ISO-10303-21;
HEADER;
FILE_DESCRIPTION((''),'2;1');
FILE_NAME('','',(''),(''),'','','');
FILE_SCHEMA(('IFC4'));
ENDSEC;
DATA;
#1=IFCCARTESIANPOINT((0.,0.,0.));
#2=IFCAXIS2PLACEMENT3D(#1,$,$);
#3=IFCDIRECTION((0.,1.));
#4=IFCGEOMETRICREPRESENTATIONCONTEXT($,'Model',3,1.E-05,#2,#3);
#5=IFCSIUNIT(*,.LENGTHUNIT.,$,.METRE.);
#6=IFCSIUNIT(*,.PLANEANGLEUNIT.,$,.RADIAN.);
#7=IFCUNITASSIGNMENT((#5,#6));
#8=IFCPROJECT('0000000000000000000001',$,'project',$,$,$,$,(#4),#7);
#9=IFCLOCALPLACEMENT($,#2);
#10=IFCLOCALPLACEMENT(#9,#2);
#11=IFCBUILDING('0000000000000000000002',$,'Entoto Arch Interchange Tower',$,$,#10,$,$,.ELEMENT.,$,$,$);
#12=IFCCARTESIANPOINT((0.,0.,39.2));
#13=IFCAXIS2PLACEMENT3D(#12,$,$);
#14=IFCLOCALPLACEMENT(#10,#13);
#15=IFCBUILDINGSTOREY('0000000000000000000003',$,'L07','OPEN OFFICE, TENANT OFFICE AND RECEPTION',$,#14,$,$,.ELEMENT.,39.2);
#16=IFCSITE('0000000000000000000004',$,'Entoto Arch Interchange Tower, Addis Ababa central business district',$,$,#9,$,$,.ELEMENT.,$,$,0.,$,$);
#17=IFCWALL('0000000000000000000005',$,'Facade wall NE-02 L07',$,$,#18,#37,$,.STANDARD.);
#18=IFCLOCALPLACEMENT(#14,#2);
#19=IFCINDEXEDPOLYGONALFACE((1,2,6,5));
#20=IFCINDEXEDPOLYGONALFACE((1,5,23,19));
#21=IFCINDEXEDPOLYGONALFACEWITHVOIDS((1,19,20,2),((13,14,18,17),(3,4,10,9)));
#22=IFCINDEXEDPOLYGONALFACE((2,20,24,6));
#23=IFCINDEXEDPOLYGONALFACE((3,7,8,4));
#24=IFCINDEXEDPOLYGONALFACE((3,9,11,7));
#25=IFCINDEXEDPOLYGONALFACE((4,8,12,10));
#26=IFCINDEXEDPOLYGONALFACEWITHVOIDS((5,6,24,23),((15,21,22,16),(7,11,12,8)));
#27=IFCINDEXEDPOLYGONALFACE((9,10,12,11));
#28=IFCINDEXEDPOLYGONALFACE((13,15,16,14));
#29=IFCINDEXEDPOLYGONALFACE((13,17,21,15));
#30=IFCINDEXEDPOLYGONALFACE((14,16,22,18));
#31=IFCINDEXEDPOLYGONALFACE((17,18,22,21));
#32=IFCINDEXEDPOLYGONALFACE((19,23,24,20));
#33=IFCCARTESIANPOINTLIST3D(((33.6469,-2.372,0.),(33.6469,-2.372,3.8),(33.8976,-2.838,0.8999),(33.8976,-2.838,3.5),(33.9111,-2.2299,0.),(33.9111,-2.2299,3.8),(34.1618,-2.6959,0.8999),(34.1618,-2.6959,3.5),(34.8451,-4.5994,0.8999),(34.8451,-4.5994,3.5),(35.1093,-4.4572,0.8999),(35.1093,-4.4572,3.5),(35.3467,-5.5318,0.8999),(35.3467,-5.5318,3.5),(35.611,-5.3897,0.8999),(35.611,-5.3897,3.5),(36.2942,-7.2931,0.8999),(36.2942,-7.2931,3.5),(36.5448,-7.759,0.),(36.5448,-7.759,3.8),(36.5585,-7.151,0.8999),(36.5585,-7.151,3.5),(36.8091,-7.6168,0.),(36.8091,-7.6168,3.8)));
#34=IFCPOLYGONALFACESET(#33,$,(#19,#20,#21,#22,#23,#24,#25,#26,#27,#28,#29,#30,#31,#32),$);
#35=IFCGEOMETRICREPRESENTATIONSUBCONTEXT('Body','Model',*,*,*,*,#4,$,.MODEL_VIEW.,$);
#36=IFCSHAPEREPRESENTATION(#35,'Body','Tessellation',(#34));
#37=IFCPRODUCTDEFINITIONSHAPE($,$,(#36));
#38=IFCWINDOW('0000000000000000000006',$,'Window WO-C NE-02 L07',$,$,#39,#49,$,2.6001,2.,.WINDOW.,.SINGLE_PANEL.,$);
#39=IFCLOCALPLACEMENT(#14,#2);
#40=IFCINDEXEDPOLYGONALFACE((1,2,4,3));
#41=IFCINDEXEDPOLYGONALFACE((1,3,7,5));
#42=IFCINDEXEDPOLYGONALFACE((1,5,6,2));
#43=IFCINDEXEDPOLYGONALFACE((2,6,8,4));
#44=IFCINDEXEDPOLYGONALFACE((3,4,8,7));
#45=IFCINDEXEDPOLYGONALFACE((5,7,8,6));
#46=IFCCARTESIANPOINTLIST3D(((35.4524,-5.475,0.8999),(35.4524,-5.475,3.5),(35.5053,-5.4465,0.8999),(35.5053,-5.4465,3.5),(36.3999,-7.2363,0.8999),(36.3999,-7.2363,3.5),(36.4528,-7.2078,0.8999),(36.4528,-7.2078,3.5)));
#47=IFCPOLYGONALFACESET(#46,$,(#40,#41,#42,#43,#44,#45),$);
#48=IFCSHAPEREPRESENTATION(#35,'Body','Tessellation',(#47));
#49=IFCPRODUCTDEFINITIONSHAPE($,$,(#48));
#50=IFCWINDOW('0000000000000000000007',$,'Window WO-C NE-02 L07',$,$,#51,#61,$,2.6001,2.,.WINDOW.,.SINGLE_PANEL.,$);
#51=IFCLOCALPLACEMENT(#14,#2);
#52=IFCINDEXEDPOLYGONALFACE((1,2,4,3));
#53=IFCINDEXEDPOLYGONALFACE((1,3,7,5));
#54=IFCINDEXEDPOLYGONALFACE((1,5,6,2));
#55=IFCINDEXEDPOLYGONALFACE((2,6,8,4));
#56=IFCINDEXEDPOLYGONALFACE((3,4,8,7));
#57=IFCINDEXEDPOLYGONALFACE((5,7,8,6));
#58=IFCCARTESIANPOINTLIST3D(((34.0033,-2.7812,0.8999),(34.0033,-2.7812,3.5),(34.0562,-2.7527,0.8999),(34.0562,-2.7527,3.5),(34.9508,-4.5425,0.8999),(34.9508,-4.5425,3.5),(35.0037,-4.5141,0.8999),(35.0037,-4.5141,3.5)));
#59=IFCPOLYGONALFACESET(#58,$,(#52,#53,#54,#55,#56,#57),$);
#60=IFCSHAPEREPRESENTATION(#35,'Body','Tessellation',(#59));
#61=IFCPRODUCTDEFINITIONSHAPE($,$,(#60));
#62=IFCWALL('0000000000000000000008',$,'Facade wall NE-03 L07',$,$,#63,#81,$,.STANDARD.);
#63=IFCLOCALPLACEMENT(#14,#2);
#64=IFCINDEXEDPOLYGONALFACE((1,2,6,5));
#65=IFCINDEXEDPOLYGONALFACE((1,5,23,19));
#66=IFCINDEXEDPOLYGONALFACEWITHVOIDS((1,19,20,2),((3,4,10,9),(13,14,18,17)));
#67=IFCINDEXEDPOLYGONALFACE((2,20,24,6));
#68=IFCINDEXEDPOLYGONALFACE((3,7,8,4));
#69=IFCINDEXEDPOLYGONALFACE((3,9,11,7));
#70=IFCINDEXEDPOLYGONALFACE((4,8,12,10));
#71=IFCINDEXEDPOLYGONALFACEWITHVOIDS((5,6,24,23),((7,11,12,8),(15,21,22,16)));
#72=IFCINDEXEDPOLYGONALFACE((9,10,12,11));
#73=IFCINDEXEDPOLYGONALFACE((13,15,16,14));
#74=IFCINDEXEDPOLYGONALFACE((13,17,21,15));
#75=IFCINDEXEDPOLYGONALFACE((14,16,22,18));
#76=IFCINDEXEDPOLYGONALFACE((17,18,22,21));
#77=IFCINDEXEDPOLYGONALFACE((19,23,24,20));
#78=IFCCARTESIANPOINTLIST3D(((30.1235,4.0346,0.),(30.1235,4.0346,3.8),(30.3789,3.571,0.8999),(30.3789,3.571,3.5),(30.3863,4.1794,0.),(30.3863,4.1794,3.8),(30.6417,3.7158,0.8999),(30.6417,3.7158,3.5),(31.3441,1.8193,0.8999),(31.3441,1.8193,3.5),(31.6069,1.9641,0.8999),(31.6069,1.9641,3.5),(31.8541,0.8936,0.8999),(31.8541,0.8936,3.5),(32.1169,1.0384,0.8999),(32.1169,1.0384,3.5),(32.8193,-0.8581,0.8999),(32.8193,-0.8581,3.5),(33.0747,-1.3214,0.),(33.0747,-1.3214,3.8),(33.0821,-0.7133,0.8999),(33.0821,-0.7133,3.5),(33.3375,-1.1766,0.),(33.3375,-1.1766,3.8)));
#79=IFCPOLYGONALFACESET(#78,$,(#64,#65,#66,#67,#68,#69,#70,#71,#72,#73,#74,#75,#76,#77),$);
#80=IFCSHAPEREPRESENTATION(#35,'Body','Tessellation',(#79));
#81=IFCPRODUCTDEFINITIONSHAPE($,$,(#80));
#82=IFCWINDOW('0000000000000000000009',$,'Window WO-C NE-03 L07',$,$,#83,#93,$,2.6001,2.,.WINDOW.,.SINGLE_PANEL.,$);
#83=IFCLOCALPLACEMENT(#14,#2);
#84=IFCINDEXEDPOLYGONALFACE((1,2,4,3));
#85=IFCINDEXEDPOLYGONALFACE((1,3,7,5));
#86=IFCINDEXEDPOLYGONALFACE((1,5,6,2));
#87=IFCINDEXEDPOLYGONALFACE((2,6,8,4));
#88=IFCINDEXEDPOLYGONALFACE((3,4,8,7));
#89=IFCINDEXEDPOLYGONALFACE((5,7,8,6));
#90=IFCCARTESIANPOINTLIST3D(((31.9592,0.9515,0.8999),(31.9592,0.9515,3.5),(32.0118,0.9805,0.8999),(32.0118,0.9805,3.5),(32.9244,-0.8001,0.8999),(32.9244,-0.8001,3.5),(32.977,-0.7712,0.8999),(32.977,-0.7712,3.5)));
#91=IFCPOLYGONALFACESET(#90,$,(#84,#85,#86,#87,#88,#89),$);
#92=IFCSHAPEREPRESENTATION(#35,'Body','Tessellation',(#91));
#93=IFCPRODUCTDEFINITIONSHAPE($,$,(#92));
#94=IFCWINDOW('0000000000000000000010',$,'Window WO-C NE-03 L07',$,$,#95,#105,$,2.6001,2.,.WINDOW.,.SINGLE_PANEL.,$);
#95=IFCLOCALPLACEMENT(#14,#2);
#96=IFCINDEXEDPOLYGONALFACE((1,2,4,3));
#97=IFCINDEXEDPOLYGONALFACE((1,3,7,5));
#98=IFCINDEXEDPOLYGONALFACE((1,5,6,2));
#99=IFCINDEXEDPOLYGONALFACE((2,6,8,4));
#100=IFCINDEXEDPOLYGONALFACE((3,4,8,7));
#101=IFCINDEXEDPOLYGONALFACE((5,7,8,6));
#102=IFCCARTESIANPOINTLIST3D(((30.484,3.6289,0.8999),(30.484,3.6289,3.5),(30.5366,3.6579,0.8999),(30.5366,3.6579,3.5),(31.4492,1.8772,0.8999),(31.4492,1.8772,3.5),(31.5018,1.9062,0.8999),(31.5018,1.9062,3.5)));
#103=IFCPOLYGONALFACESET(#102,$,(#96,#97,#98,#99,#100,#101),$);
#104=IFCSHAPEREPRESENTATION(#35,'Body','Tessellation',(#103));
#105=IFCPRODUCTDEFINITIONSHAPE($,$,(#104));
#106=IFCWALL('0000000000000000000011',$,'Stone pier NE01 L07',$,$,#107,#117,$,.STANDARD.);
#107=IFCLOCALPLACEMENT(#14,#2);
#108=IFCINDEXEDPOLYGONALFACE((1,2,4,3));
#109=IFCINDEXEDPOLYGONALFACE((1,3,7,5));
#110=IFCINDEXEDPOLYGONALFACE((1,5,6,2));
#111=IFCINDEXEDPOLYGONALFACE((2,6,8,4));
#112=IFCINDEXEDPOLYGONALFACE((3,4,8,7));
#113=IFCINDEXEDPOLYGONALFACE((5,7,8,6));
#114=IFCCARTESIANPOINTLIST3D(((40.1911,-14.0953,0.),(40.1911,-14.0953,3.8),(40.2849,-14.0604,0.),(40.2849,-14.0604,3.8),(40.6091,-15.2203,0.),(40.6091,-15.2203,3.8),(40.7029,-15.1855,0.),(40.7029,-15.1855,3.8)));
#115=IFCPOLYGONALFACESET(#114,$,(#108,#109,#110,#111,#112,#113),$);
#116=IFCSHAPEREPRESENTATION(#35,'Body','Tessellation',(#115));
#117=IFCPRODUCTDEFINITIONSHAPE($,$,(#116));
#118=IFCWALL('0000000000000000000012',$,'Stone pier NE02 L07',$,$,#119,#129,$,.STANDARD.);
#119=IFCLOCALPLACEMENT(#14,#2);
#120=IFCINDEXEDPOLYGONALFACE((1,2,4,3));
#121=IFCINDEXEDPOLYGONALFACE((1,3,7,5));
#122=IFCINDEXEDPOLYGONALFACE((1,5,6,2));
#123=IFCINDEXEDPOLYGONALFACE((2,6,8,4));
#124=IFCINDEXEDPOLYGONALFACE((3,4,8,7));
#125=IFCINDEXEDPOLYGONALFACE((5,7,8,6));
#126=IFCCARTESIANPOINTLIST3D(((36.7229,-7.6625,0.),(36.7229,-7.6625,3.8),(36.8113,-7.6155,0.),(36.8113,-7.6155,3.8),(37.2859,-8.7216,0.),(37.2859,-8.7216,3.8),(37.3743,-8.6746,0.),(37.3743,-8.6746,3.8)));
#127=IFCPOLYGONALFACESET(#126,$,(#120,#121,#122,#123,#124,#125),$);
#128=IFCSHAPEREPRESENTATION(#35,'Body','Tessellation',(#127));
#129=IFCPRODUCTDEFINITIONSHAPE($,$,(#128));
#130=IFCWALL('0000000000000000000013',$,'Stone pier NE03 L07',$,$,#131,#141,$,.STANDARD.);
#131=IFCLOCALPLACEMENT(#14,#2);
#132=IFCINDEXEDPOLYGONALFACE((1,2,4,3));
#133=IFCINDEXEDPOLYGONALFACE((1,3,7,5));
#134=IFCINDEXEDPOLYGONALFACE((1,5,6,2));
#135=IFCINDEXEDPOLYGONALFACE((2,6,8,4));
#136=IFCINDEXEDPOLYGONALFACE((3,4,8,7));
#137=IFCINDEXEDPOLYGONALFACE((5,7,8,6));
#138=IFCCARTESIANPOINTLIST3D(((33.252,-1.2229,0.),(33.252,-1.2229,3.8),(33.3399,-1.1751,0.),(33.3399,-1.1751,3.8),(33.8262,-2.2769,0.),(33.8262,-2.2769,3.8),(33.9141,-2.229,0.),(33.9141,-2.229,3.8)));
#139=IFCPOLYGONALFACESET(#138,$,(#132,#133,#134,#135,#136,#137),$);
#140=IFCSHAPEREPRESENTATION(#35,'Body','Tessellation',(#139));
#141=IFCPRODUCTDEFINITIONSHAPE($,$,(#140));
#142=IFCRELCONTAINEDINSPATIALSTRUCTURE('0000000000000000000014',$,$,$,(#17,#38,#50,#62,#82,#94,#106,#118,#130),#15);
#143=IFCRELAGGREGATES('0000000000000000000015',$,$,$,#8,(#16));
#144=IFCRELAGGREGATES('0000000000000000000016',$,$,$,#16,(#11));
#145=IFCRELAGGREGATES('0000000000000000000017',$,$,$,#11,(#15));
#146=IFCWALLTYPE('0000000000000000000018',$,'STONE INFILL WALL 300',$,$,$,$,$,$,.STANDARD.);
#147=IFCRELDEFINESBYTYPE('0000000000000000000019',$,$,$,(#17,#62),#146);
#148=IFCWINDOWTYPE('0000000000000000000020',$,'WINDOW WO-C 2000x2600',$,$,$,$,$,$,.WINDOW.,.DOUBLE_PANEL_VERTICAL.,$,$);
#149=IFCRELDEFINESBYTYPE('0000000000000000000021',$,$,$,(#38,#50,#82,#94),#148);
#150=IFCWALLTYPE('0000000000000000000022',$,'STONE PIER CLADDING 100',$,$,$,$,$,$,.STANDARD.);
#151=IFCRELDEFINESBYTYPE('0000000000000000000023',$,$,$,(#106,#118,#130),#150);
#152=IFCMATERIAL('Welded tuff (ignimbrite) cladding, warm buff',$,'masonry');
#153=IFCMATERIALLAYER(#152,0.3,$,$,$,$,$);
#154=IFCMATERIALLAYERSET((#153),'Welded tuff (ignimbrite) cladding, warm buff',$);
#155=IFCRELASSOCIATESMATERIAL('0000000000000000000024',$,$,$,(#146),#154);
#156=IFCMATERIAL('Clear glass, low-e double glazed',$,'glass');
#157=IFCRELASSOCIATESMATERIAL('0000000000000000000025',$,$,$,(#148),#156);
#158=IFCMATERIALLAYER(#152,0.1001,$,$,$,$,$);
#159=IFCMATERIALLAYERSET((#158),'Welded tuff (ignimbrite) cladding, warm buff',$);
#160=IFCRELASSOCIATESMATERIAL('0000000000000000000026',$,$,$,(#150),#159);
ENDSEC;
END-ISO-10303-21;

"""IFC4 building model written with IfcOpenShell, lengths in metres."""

from ifc_helpers import new_model, si_unit, direction, frame, frame_2d, origin, place, context, subcontext, project, spatial, rectangle, extrude, material, layer, layer_set, type_object, element, fill, save


model = new_model("IFC4")

# Units and contexts
model_context = context("Model", 3, precision=1e-05, world=origin(), true_north=direction((0.0, 1.0)))
body_context = subcontext(model_context, "Body", "Model", "MODEL_VIEW")
ifc_project = project(units=[si_unit("LENGTHUNIT", "METRE"), si_unit("PLANEANGLEUNIT", "RADIAN")], contexts=[model_context])

# Site, building, storey
site_placement = place(None, origin())
site = spatial("IfcSite", under=ifc_project, at=site_placement, Name="Entoto Arch Interchange Tower, Addis Ababa central business district", CompositionType="ELEMENT", RefElevation=0.0)
building_placement = place(site_placement, origin())
building = spatial("IfcBuilding", under=site, at=building_placement, Name="Entoto Arch Interchange Tower", CompositionType="ELEMENT")
storey_placement = place(building_placement, frame((0.0, 0.0, 39.2)))
storey = spatial("IfcBuildingStorey", under=building, at=storey_placement, Name="L07", Description="OPEN OFFICE, TENANT OFFICE AND RECEPTION", CompositionType="ELEMENT", Elevation=39.2)

# Walls, openings, windows
ifc_material_1 = material(Name="Welded tuff (ignimbrite) cladding, warm buff", Category="masonry")
ifc_layer_1 = layer(ifc_material_1, 0.3)
ifc_layer_set_1 = layer_set([ifc_layer_1], Name="Welded tuff (ignimbrite) cladding, warm buff")
wall_type_1 = type_object("IfcWallType", Name="STONE INFILL WALL 300", PredefinedType="STANDARD", material=ifc_layer_set_1)
ifc_material_2 = material(Name="Clear glass, low-e double glazed", Category="glass")
window_type = type_object("IfcWindowType", Name="WINDOW WO-C 2000x2600", PartitioningType="DOUBLE_PANEL_VERTICAL", PredefinedType="WINDOW", material=ifc_material_2)
wall_1_placement = place(storey_placement, frame((36.677, -7.688, 0.0), z_axis=(0.0, 0.0, 1.0), x_axis=(-0.473755, 0.880657, 0.0)))
wall_1 = element("IfcWall", 1, at=wall_1_placement, inside=storey, type_object=wall_type_1, Name="Facade wall NE-02 L07", PredefinedType="STANDARD", context=body_context, shape_type="SweptSolid", body=[
    extrude(rectangle(XDim=6.1169, YDim=0.3, at=frame_2d((3.0586, 0.0))), origin(), (0.0, 0.0, 1.0), 3.8),
])
opening_1_placement = place(wall_1_placement, frame((0.5291, 0.0, 0.8999)))
opening_1 = element("IfcOpeningElement", 2, at=opening_1_placement, cuts=wall_1, PredefinedType="OPENING", context=body_context, shape_type="SweptSolid", body=[
    extrude(rectangle(XDim=2.0, YDim=2.6001, at=frame_2d((1.0, 1.3))), frame((0.0, 0.1602, 0.0), z_axis=(0.0, -1.0, 0.0), x_axis=(1.0, 0.0, 0.0)), (0.0, 0.0, 1.0), 0.3201),
])
opening_2_placement = place(wall_1_placement, frame((3.5879, 0.0, 0.8999)))
opening_2 = element("IfcOpeningElement", 3, at=opening_2_placement, cuts=wall_1, PredefinedType="OPENING", context=body_context, shape_type="SweptSolid", body=[
    extrude(rectangle(XDim=2.0, YDim=2.6001, at=frame_2d((1.0, 1.3))), frame((0.0, 0.1602, 0.0), z_axis=(0.0, -1.0, 0.0), x_axis=(1.0, 0.0, 0.0)), (0.0, 0.0, 1.0), 0.3201),
])
window_1_placement = place(opening_1_placement, origin())
window_1 = element("IfcWindow", 4, at=window_1_placement, inside=storey, type_object=window_type, Name="Window WO-C NE-02 L07", OverallHeight=2.6001, OverallWidth=2.0, PartitioningType="SINGLE_PANEL", PredefinedType="WINDOW", context=body_context, shape_type="SweptSolid", body=[
    extrude(rectangle(XDim=2.0, YDim=2.6001, at=frame_2d((1.0, 1.3))), frame((0.0, 0.03, 0.0), z_axis=(0.0, -1.0, 0.0), x_axis=(1.0, 0.0, 0.0)), (0.0, 0.0, 1.0), 0.0601),
])
fill(opening_1, window_1)
window_2_placement = place(opening_2_placement, origin())
window_2 = element("IfcWindow", 5, at=window_2_placement, inside=storey, type_object=window_type, Name="Window WO-C NE-02 L07", OverallHeight=2.6001, OverallWidth=2.0, PartitioningType="SINGLE_PANEL", PredefinedType="WINDOW", context=body_context, shape_type="SweptSolid", body=[
    extrude(rectangle(XDim=2.0, YDim=2.6001, at=frame_2d((1.0, 1.3))), frame((0.0, 0.03, 0.0), z_axis=(0.0, -1.0, 0.0), x_axis=(1.0, 0.0, 0.0)), (0.0, 0.0, 1.0), 0.0601),
])
fill(opening_2, window_2)
wall_2_placement = place(storey_placement, frame((33.2061, -1.249, 0.0), z_axis=(0.0, 0.0, 1.0), x_axis=(-0.482596, 0.875843, 0.0)))
wall_2 = element("IfcWall", 6, at=wall_2_placement, inside=storey, type_object=wall_type_1, Name="Facade wall NE-03 L07", PredefinedType="STANDARD", context=body_context, shape_type="SweptSolid", body=[
    extrude(rectangle(XDim=6.1152, YDim=0.3, at=frame_2d((3.0576, 0.0))), origin(), (0.0, 0.0, 1.0), 3.8),
])
opening_3_placement = place(wall_2_placement, frame((0.5291, 0.0, 0.8999)))
opening_3 = element("IfcOpeningElement", 7, at=opening_3_placement, cuts=wall_2, PredefinedType="OPENING", context=body_context, shape_type="SweptSolid", body=[
    extrude(rectangle(XDim=2.0, YDim=2.6001, at=frame_2d((1.0, 1.3))), frame((0.0, 0.1602, 0.0), z_axis=(0.0, -1.0, 0.0), x_axis=(1.0, 0.0, 0.0)), (0.0, 0.0, 1.0), 0.3201),
])
opening_4_placement = place(wall_2_placement, frame((3.5859, 0.0, 0.8999)))
opening_4 = element("IfcOpeningElement", 8, at=opening_4_placement, cuts=wall_2, PredefinedType="OPENING", context=body_context, shape_type="SweptSolid", body=[
    extrude(rectangle(XDim=2.0, YDim=2.6001, at=frame_2d((1.0, 1.3))), frame((0.0, 0.1602, 0.0), z_axis=(0.0, -1.0, 0.0), x_axis=(1.0, 0.0, 0.0)), (0.0, 0.0, 1.0), 0.3201),
])
window_3_placement = place(opening_3_placement, origin())
window_3 = element("IfcWindow", 9, at=window_3_placement, inside=storey, type_object=window_type, Name="Window WO-C NE-03 L07", OverallHeight=2.6001, OverallWidth=2.0, PartitioningType="SINGLE_PANEL", PredefinedType="WINDOW", context=body_context, shape_type="SweptSolid", body=[
    extrude(rectangle(XDim=2.0, YDim=2.6001, at=frame_2d((1.0, 1.3))), frame((0.0, 0.03, 0.0), z_axis=(0.0, -1.0, 0.0), x_axis=(1.0, 0.0, 0.0)), (0.0, 0.0, 1.0), 0.0601),
])
fill(opening_3, window_3)
window_4_placement = place(opening_4_placement, origin())
window_4 = element("IfcWindow", 10, at=window_4_placement, inside=storey, type_object=window_type, Name="Window WO-C NE-03 L07", OverallHeight=2.6001, OverallWidth=2.0, PartitioningType="SINGLE_PANEL", PredefinedType="WINDOW", context=body_context, shape_type="SweptSolid", body=[
    extrude(rectangle(XDim=2.0, YDim=2.6001, at=frame_2d((1.0, 1.3))), frame((0.0, 0.03, 0.0), z_axis=(0.0, -1.0, 0.0), x_axis=(1.0, 0.0, 0.0)), (0.0, 0.0, 1.0), 0.0601),
])
fill(opening_4, window_4)

# Walls
ifc_layer_2 = layer(ifc_material_1, 0.1001)
ifc_layer_set_2 = layer_set([ifc_layer_2], Name="Welded tuff (ignimbrite) cladding, warm buff")
wall_type_2 = type_object("IfcWallType", Name="STONE PIER CLADDING 100", PredefinedType="STANDARD", material=ifc_layer_set_2)
wall_3_placement = place(storey_placement, frame((40.656, -15.2029, 0.0), z_axis=(0.0, 0.0, 1.0), x_axis=(-0.348268, 0.937395, 0.0)))
element("IfcWall", 11, at=wall_3_placement, inside=storey, type_object=wall_type_2, Name="Stone pier NE01 L07", PredefinedType="STANDARD", context=body_context, shape_type="SweptSolid", body=[
    extrude(rectangle(XDim=1.2002, YDim=0.1001, at=frame_2d((0.6001, 0.0))), origin(), (0.0, 0.0, 1.0), 3.8),
])
wall_4_placement = place(storey_placement, frame((37.3301, -8.698, 0.0), z_axis=(0.0, 0.0, 1.0), x_axis=(-0.469383, 0.882994, 0.0)))
element("IfcWall", 12, at=wall_4_placement, inside=storey, type_object=wall_type_2, Name="Stone pier NE02 L07", PredefinedType="STANDARD", context=body_context, shape_type="SweptSolid", body=[
    extrude(rectangle(XDim=1.1995, YDim=0.1001, at=frame_2d((0.5996, 0.0))), origin(), (0.0, 0.0, 1.0), 3.8),
])
wall_5_placement = place(storey_placement, frame((33.8701, -2.2529, 0.0), z_axis=(0.0, 0.0, 1.0), x_axis=(-0.478425, 0.878129, 0.0)))
element("IfcWall", 13, at=wall_5_placement, inside=storey, type_object=wall_type_2, Name="Stone pier NE03 L07", PredefinedType="STANDARD", context=body_context, shape_type="SweptSolid", body=[
    extrude(rectangle(XDim=1.2002, YDim=0.1001, at=frame_2d((0.6001, 0.0))), origin(), (0.0, 0.0, 1.0), 3.8),
])

save(model, "model.ifc")
